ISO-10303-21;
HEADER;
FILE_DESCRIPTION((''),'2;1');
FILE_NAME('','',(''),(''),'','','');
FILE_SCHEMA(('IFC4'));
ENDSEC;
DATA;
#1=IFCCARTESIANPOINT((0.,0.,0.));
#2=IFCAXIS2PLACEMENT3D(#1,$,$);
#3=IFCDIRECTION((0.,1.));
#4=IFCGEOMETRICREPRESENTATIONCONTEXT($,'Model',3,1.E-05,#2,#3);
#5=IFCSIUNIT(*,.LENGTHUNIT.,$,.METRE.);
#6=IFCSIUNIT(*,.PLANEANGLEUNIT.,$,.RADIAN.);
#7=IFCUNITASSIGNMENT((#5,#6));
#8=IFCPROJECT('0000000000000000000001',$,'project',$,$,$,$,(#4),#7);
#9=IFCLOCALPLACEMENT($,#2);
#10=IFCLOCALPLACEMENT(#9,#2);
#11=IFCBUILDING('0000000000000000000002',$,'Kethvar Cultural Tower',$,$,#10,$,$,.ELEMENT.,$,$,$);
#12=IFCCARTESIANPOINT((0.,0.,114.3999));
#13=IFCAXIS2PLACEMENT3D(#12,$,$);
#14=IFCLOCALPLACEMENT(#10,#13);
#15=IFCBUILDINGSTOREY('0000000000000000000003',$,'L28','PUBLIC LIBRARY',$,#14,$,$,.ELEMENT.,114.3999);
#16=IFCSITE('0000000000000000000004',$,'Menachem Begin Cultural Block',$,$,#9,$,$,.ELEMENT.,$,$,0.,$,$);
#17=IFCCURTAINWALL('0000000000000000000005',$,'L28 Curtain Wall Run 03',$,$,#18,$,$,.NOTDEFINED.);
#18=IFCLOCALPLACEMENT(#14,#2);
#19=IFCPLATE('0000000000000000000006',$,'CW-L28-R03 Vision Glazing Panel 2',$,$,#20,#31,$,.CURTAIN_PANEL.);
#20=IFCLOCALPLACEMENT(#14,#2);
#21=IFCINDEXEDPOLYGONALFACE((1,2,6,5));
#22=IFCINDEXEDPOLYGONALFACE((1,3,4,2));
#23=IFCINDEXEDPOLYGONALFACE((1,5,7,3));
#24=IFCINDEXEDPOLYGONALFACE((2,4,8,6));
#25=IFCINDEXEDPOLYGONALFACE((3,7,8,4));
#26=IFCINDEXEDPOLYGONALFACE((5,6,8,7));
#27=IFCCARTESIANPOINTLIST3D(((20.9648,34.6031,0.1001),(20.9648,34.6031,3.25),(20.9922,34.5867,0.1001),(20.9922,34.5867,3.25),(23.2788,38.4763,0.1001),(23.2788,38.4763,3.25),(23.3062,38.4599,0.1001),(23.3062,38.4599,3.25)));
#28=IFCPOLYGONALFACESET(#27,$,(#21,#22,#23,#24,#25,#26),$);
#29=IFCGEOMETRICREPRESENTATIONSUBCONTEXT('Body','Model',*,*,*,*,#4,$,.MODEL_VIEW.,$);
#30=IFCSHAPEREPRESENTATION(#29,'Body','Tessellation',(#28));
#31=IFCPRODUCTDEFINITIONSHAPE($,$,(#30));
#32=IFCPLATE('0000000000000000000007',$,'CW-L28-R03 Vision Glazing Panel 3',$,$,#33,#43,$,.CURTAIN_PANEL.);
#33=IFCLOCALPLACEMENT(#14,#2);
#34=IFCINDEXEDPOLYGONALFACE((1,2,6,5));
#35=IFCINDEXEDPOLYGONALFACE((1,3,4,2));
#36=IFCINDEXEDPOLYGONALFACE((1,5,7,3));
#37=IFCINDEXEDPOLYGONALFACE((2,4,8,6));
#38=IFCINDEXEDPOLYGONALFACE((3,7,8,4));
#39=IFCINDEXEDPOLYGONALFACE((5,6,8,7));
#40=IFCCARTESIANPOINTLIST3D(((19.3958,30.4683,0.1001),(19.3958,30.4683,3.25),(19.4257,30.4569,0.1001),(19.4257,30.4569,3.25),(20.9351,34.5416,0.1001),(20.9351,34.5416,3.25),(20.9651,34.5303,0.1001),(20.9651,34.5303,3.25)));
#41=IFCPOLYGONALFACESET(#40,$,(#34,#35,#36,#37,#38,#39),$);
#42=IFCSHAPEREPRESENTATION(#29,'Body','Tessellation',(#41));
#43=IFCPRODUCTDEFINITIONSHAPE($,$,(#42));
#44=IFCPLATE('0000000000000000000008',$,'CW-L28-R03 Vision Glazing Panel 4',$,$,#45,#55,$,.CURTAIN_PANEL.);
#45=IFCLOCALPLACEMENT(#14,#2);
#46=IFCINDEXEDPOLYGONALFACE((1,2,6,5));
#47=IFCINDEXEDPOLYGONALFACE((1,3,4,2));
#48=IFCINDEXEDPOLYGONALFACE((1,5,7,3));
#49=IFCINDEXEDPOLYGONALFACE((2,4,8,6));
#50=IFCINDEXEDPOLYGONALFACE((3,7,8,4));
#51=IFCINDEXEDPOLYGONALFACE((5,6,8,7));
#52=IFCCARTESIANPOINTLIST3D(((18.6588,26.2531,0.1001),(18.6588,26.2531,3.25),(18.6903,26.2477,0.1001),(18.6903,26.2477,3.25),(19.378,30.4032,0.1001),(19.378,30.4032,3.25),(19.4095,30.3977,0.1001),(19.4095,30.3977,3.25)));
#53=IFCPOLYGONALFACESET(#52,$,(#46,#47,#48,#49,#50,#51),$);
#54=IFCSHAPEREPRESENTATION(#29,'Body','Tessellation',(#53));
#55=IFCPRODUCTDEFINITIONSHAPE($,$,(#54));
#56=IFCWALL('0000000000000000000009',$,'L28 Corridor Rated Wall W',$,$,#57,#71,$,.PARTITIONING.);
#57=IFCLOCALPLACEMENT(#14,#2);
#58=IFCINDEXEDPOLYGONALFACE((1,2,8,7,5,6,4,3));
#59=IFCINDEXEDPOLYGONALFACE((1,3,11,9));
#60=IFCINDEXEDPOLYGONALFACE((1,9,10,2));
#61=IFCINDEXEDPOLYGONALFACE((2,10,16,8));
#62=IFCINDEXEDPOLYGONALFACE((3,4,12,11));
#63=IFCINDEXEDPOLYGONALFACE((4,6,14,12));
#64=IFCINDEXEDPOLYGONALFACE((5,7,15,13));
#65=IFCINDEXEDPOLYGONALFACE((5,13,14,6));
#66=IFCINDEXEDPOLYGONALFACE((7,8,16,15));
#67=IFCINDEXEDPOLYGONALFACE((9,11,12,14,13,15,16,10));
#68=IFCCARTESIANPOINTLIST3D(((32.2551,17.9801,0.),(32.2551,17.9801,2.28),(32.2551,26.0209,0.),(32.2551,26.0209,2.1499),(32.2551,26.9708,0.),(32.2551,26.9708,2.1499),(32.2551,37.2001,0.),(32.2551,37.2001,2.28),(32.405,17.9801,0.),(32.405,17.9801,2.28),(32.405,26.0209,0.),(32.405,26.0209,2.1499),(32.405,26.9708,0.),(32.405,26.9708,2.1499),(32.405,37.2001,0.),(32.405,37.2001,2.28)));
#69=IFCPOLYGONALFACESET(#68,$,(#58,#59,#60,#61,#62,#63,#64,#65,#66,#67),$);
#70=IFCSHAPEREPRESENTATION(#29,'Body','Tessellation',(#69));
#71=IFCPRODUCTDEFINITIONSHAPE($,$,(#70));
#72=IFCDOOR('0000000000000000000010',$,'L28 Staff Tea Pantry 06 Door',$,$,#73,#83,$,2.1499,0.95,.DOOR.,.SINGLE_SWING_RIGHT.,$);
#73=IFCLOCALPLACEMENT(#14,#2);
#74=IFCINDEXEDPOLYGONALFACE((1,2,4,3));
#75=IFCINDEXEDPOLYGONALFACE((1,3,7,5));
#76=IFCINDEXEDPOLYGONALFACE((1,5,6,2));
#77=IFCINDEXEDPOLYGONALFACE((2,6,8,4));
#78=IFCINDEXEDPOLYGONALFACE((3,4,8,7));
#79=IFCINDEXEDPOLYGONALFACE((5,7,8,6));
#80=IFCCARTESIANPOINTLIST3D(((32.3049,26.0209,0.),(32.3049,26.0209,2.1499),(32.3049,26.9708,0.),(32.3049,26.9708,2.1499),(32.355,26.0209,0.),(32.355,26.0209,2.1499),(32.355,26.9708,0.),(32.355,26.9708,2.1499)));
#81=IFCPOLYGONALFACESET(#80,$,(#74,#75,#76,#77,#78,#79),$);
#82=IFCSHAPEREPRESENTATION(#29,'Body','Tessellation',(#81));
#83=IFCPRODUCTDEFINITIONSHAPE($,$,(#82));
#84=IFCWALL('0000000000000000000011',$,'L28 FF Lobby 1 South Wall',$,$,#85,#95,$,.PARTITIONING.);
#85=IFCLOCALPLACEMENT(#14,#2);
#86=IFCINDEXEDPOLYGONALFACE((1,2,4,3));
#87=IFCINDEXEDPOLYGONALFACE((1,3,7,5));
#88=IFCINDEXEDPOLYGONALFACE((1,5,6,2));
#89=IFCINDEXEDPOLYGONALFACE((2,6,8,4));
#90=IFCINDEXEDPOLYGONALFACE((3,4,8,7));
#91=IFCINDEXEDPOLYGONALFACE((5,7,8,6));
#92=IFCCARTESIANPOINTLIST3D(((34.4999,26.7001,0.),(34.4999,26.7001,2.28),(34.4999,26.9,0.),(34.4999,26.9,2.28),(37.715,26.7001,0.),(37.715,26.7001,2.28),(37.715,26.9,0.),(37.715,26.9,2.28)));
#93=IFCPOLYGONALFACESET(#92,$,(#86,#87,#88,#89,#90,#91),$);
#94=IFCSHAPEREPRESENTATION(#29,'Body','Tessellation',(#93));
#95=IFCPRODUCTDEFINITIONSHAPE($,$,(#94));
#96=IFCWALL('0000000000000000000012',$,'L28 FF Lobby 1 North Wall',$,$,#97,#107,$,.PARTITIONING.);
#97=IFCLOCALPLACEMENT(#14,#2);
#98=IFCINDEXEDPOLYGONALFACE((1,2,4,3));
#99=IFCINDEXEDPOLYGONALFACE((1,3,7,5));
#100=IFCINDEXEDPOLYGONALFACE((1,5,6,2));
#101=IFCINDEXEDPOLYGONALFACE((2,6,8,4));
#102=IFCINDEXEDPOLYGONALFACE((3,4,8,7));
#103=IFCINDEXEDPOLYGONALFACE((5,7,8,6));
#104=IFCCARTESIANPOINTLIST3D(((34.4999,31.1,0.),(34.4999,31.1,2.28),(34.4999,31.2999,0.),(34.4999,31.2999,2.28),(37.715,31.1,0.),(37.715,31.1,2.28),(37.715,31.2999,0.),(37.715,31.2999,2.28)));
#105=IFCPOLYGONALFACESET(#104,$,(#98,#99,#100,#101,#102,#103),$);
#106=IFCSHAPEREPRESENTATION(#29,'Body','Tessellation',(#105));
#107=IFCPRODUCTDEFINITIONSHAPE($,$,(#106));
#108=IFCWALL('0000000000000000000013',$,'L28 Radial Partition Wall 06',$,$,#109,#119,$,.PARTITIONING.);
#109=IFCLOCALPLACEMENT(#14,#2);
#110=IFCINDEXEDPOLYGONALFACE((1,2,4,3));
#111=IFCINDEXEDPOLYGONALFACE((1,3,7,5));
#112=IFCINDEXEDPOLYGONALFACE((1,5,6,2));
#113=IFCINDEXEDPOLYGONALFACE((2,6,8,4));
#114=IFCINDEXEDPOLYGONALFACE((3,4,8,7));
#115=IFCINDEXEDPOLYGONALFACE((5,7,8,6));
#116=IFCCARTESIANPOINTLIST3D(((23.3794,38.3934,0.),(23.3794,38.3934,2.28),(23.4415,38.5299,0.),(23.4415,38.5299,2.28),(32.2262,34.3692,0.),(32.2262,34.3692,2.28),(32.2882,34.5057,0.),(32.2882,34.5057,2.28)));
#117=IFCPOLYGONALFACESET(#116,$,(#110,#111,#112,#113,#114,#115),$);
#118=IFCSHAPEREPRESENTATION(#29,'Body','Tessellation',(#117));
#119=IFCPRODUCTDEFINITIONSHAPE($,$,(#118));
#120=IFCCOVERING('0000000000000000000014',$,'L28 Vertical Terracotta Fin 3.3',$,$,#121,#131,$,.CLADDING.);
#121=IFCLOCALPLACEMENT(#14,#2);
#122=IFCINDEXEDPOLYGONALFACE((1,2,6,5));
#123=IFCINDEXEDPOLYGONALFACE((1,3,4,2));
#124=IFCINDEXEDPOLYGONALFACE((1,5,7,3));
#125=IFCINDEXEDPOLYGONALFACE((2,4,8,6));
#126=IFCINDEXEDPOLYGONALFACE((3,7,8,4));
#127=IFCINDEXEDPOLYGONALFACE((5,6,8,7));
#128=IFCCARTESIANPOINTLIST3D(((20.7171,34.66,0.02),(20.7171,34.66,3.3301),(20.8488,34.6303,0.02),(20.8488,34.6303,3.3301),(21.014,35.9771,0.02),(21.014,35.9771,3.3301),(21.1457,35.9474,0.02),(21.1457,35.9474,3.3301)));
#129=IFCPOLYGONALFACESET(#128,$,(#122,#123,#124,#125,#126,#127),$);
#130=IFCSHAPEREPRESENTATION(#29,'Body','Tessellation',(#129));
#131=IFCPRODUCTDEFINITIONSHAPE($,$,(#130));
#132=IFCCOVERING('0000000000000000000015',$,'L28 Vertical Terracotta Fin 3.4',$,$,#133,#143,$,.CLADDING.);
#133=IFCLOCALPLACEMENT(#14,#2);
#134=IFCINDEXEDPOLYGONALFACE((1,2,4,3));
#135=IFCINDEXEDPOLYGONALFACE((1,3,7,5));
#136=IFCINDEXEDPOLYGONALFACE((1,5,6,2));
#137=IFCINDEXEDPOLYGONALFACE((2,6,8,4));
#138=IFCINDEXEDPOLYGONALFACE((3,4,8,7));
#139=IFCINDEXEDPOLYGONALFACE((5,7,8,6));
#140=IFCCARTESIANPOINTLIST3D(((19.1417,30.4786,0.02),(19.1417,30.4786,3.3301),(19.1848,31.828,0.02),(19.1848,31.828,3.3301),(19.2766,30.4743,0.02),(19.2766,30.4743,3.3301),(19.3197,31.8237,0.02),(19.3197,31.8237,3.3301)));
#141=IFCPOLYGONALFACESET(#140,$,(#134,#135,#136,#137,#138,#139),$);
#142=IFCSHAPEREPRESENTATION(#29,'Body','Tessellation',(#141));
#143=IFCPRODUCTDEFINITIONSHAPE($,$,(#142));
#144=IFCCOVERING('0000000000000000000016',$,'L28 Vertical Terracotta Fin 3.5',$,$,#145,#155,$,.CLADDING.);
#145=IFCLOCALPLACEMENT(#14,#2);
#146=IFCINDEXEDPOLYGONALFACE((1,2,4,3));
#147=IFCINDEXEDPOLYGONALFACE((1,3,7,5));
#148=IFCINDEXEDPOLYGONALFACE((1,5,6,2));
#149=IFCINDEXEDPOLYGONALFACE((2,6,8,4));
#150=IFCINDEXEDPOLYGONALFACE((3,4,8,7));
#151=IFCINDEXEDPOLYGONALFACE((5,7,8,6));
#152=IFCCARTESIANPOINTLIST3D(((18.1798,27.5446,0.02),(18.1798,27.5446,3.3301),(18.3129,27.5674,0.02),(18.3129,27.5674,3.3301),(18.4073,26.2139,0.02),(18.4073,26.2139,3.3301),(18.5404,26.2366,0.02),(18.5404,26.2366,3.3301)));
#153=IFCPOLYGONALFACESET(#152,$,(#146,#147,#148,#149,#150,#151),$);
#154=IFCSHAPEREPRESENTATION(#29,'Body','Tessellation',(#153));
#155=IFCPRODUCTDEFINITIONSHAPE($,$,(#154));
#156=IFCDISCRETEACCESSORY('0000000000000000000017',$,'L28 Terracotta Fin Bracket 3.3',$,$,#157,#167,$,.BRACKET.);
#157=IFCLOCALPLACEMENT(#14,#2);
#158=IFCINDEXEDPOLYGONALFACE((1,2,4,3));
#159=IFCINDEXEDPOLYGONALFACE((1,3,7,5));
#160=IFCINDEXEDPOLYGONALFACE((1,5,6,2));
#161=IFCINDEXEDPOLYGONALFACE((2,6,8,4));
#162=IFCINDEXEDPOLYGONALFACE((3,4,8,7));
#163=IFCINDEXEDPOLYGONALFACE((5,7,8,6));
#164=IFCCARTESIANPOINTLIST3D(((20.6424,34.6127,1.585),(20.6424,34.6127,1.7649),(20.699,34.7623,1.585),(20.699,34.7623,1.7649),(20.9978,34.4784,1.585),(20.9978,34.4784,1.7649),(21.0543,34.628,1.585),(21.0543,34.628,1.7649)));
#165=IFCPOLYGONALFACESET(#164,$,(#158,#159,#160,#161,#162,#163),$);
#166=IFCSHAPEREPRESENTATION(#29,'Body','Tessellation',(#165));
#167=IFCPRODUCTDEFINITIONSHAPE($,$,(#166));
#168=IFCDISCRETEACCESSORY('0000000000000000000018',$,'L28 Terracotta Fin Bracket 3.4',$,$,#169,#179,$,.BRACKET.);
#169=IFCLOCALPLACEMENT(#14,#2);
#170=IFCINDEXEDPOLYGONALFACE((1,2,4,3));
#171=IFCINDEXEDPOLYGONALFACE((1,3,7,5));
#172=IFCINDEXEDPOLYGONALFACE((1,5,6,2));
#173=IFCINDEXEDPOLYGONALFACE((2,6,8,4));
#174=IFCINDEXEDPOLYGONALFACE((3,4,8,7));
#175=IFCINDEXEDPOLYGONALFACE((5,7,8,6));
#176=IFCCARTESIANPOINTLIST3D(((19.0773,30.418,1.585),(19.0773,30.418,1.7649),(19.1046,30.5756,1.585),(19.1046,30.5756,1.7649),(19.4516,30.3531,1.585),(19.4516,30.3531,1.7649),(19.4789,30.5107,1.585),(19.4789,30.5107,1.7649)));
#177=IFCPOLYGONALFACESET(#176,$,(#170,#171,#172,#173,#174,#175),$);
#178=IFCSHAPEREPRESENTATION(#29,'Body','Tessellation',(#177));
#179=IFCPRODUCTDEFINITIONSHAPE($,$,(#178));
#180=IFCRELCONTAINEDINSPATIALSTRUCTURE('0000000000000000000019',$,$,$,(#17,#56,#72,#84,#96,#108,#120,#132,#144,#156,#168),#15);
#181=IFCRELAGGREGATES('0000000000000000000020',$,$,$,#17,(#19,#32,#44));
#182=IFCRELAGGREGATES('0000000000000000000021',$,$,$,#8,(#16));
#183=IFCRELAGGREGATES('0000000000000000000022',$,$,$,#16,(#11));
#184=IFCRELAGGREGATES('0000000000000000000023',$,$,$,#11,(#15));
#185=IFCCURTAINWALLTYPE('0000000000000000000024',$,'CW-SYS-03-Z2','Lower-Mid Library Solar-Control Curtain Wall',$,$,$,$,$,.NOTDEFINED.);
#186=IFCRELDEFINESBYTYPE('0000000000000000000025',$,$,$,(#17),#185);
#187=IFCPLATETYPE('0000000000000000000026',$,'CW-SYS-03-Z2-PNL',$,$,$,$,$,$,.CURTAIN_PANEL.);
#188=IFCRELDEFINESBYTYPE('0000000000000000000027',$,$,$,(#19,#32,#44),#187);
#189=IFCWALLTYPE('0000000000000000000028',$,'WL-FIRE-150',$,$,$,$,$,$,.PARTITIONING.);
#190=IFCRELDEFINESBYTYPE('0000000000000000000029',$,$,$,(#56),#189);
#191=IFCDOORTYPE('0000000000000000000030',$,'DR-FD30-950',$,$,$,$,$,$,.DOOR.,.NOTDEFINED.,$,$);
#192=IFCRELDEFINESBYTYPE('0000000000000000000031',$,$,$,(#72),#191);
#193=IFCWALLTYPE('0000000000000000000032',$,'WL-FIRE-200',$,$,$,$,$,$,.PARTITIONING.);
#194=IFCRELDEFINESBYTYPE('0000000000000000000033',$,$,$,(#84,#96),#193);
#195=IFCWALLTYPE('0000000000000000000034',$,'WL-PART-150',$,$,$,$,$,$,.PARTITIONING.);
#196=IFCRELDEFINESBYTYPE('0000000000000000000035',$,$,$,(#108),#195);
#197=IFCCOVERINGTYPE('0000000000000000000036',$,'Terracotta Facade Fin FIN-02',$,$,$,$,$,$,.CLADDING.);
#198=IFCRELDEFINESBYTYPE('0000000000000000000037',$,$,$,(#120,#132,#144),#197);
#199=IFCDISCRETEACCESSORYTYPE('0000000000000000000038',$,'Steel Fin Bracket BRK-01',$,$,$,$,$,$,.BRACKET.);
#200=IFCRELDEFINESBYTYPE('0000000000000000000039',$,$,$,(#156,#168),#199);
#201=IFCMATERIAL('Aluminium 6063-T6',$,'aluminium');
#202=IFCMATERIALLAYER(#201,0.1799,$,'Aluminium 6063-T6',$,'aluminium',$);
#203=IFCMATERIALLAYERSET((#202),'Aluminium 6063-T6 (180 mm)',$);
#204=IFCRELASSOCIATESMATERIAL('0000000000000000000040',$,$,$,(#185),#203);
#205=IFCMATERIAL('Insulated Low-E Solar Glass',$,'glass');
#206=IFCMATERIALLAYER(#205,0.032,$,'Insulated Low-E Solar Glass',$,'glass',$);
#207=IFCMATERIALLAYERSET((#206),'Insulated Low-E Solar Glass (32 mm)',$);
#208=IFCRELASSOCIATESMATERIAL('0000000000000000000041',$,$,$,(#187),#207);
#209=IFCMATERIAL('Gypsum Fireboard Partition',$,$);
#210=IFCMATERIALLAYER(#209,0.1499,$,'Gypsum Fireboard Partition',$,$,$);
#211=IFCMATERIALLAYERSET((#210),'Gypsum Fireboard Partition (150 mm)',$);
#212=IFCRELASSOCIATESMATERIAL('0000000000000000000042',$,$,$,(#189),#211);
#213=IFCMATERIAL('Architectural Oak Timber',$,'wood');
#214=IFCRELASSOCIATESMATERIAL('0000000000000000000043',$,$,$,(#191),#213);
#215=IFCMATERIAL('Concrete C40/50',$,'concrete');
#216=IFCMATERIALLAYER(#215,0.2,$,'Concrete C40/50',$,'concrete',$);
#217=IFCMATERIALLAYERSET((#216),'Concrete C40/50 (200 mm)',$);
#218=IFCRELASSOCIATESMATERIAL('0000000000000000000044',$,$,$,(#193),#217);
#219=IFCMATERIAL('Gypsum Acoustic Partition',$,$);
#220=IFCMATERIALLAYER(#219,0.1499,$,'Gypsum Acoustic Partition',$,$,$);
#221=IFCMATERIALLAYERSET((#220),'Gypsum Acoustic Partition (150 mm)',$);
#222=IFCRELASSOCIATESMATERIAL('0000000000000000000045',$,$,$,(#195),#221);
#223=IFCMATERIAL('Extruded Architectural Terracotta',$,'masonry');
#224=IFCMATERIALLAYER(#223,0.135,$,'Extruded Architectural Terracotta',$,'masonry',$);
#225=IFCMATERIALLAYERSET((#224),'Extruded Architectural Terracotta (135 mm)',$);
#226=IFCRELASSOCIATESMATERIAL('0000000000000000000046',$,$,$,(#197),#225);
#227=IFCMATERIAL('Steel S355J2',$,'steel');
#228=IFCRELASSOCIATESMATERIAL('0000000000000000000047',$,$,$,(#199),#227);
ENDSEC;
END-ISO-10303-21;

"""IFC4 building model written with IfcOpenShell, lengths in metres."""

from ifc_helpers import new_model, si_unit, direction, frame, frame_2d, origin, origin_2d, place, context, subcontext, project, spatial, rectangle, extrude, source, transform, mapped, material, layer, layer_set, type_object, element, fill, aggregate, save


model = new_model("IFC4")

# Units and contexts
model_context = context("Model", 3, precision=1e-05, world=origin(), true_north=direction((0.0, 1.0)))
body_context = subcontext(model_context, "Body", "Model", "MODEL_VIEW")
ifc_project = project(units=[si_unit("LENGTHUNIT", "METRE"), si_unit("PLANEANGLEUNIT", "RADIAN")], contexts=[model_context])

# Site, building, storey
site_placement = place(None, origin())
site = spatial("IfcSite", under=ifc_project, at=site_placement, Name="Menachem Begin Cultural Block", CompositionType="ELEMENT", RefElevation=0.0)
building_placement = place(site_placement, origin())
building = spatial("IfcBuilding", under=site, at=building_placement, Name="Kethvar Cultural Tower", CompositionType="ELEMENT")
storey_placement = place(building_placement, frame((0.0, 0.0, 114.3999)))
storey = spatial("IfcBuildingStorey", under=building, at=storey_placement, Name="L28", Description="PUBLIC LIBRARY", CompositionType="ELEMENT", Elevation=114.3999)

# Shared definitions
ifc_material_1 = material(Name="Steel S355J2", Category="steel")

# Curtain wall, plates
ifc_material_2 = material(Name="Aluminium 6063-T6", Category="aluminium")
ifc_layer_1 = layer(ifc_material_2, 0.1799, Name="Aluminium 6063-T6", Category="aluminium")
ifc_layer_set_1 = layer_set([ifc_layer_1], Name="Aluminium 6063-T6 (180 mm)")
curtain_wall_type = type_object("IfcCurtainWallType", Name="CW-SYS-03-Z2", Description="Lower-Mid Library Solar-Control Curtain Wall", PredefinedType="NOTDEFINED", material=ifc_layer_set_1)
curtain_wall_placement = place(storey_placement, origin())
curtain_wall = element("IfcCurtainWall", 1, at=curtain_wall_placement, inside=storey, type_object=curtain_wall_type, Name="L28 Curtain Wall Run 03", PredefinedType="NOTDEFINED")
ifc_material_3 = material(Name="Insulated Low-E Solar Glass", Category="glass")
ifc_layer_2 = layer(ifc_material_3, 0.032, Name="Insulated Low-E Solar Glass", Category="glass")
ifc_layer_set_2 = layer_set([ifc_layer_2], Name="Insulated Low-E Solar Glass (32 mm)")
plate_type = type_object("IfcPlateType", Name="CW-SYS-03-Z2-PNL", PredefinedType="CURTAIN_PANEL", material=ifc_layer_set_2)
shared_shape_1 = source(origin(), body_context, "Body", "SweptSolid", [
    extrude(rectangle(XDim=4.5117, YDim=0.032, at=origin_2d()), origin(), (0.0, 0.0, 1.0), 3.1499),
])
plate_1_placement = place(storey_placement, frame((22.1355, 36.5315, 0.1001), z_axis=(0.0, 0.0, 1.0), x_axis=(-0.512882, -0.858459, 0.0)))
plate_1 = element("IfcPlate", 2, at=plate_1_placement, type_object=plate_type, Name="CW-L28-R03 Vision Glazing Panel 2", PredefinedType="CURTAIN_PANEL", context=body_context, shape_type="MappedRepresentation", body=[
    mapped(shared_shape_1, transform((0.0, 0.0, 0.0), scale=1.0)),
])
shared_shape_2 = source(origin(), body_context, "Body", "SweptSolid", [
    extrude(rectangle(XDim=4.3545, YDim=0.032, at=origin_2d()), origin(), (0.0, 0.0, 1.0), 3.1499),
])
plate_2_placement = place(storey_placement, frame((20.1804, 32.4993, 0.1001), z_axis=(0.0, 0.0, 1.0), x_axis=(-0.353507, -0.935432, 0.0)))
plate_2 = element("IfcPlate", 3, at=plate_2_placement, type_object=plate_type, Name="CW-L28-R03 Vision Glazing Panel 3", PredefinedType="CURTAIN_PANEL", context=body_context, shape_type="MappedRepresentation", body=[
    mapped(shared_shape_2, transform((0.0, 0.0, 0.0), scale=1.0)),
])
shared_shape_3 = source(origin(), body_context, "Body", "SweptSolid", [
    extrude(rectangle(XDim=4.2119, YDim=0.032, at=origin_2d()), origin(), (0.0, 0.0, 1.0), 3.1499),
])
plate_3_placement = place(storey_placement, frame((19.0342, 28.3254, 0.1001), z_axis=(0.0, 0.0, 1.0), x_axis=(-0.17076, -0.985313, 0.0)))
plate_3 = element("IfcPlate", 4, at=plate_3_placement, type_object=plate_type, Name="CW-L28-R03 Vision Glazing Panel 4", PredefinedType="CURTAIN_PANEL", context=body_context, shape_type="MappedRepresentation", body=[
    mapped(shared_shape_3, transform((0.0, 0.0, 0.0), scale=1.0)),
])
aggregate(curtain_wall, [plate_1, plate_2, plate_3])

# Wall, opening, door
ifc_material_4 = material(Name="Gypsum Fireboard Partition")
ifc_layer_3 = layer(ifc_material_4, 0.1499, Name="Gypsum Fireboard Partition")
ifc_layer_set_3 = layer_set([ifc_layer_3], Name="Gypsum Fireboard Partition (150 mm)")
wall_type_1 = type_object("IfcWallType", Name="WL-FIRE-150", PredefinedType="PARTITIONING", material=ifc_layer_set_3)
wall_1_placement = place(storey_placement, frame((32.3301, 37.2, 0.0), z_axis=(0.0, 0.0, 1.0), x_axis=(0.0, -1.0, 0.0)))
wall_1 = element("IfcWall", 5, at=wall_1_placement, inside=storey, type_object=wall_type_1, Name="L28 Corridor Rated Wall W", PredefinedType="PARTITIONING", context=body_context, shape_type="SweptSolid", body=[
    extrude(rectangle(XDim=19.22, YDim=0.1499, at=frame_2d((9.6099, 0.0))), origin(), (0.0, 0.0, 1.0), 2.28),
])
opening_1_placement = place(wall_1_placement, frame((10.229, 0.0, 0.0)))
opening_1 = element("IfcOpeningElement", 6, at=opening_1_placement, cuts=wall_1, PredefinedType="OPENING", context=body_context, shape_type="SweptSolid", body=[
    extrude(rectangle(XDim=0.95, YDim=2.1499, at=frame_2d((0.4751, 1.075))), frame((0.0, 0.085, 0.0), z_axis=(0.0, -1.0, 0.0), x_axis=(1.0, 0.0, 0.0)), (0.0, 0.0, 1.0), 0.1699),
])
ifc_material_5 = material(Name="Architectural Oak Timber", Category="wood")
door_type_1 = type_object("IfcDoorType", Name="DR-FD30-950", OperationType="NOTDEFINED", PredefinedType="DOOR", material=ifc_material_5)
shared_shape_4 = source(origin(), body_context, "Body", "SweptSolid", [
    extrude(rectangle(XDim=0.95, YDim=2.1499, at=frame_2d((0.4751, 1.075))), frame((0.0, 0.0249, 0.0), z_axis=(0.0, -1.0, 0.0), x_axis=(1.0, 0.0, 0.0)), (0.0, 0.0, 1.0), 0.05),
])
door_1_placement = place(opening_1_placement, origin())
door_1 = element("IfcDoor", 7, at=door_1_placement, inside=storey, type_object=door_type_1, Name="L28 Staff Tea Pantry 06 Door", OperationType="SINGLE_SWING_RIGHT", OverallHeight=2.1499, OverallWidth=0.95, PredefinedType="DOOR", context=body_context, shape_type="MappedRepresentation", body=[
    mapped(shared_shape_4, transform((0.0, 0.0, 0.0), scale=1.0)),
])
fill(opening_1, door_1)
ifc_material_6 = material(Name="Concrete C40/50", Category="concrete")
ifc_layer_4 = layer(ifc_material_6, 0.2, Name="Concrete C40/50", Category="concrete")
ifc_layer_set_4 = layer_set([ifc_layer_4], Name="Concrete C40/50 (200 mm)")
wall_type_2 = type_object("IfcWallType", Name="WL-FIRE-200", PredefinedType="PARTITIONING", material=ifc_layer_set_4)

# Walls
for number, where, z_axis, x_axis, name in (
    (8, (34.5, 26.8, 0.0), (0.0, 0.0, 1.0), (1.0, 0.0, 0.0), "L28 FF Lobby 1 South Wall"),
    (9, (34.5, 31.2, 0.0), (0.0, 0.0, 1.0), (1.0, 0.0, 0.0), "L28 FF Lobby 1 North Wall"),
):
    element("IfcWall", number, at=place(storey_placement, frame(where, z_axis=z_axis, x_axis=x_axis)), inside=storey, type_object=wall_type_2, Name=name, PredefinedType="PARTITIONING", context=body_context, shape_type="SweptSolid", body=[
        extrude(rectangle(XDim=3.2151, YDim=0.2, at=frame_2d((1.6074, 0.0))), origin(), (0.0, 0.0, 1.0), 2.28),
    ])
ifc_material_7 = material(Name="Gypsum Acoustic Partition")
ifc_layer_5 = layer(ifc_material_7, 0.1499, Name="Gypsum Acoustic Partition")
ifc_layer_set_5 = layer_set([ifc_layer_5], Name="Gypsum Acoustic Partition (150 mm)")
wall_type_3 = type_object("IfcWallType", Name="WL-PART-150", PredefinedType="PARTITIONING", material=ifc_layer_set_5)
wall_2_placement = place(storey_placement, frame((32.2571, 34.4375, 0.0), z_axis=(0.0, 0.0, 1.0), x_axis=(-0.910252, 0.414055, 0.0)))
element("IfcWall", 10, at=wall_2_placement, inside=storey, type_object=wall_type_3, Name="L28 Radial Partition Wall 06", PredefinedType="PARTITIONING", context=body_context, shape_type="SweptSolid", body=[
    extrude(rectangle(XDim=9.719, YDim=0.1499, at=frame_2d((4.8594, 0.0))), origin(), (0.0, 0.0, 1.0), 2.28),
])

# Coverings
ifc_material_8 = material(Name="Extruded Architectural Terracotta", Category="masonry")
ifc_layer_6 = layer(ifc_material_8, 0.135, Name="Extruded Architectural Terracotta", Category="masonry")
ifc_layer_set_6 = layer_set([ifc_layer_6], Name="Extruded Architectural Terracotta (135 mm)")
covering_type = type_object("IfcCoveringType", Name="Terracotta Facade Fin FIN-02", PredefinedType="CLADDING", material=ifc_layer_set_6)
shared_shape_5 = source(origin(), body_context, "Body", "SweptSolid", [
    extrude(rectangle(XDim=1.3501, YDim=0.135, at=origin_2d()), origin(), (0.0, 0.0, 1.0), 3.3101),
])
for number, where, z_axis, x_axis, name in (
    (11, (20.9314, 35.3037, 0.02), (0.0, 0.0, 1.0), (0.219846, 0.975535, 0.0), "L28 Vertical Terracotta Fin 3.3"),
    (12, (19.2307, 31.1511, 0.02), (0.0, 0.0, 1.0), (0.031934, 0.99949, 0.0), "L28 Vertical Terracotta Fin 3.4"),
    (13, (18.3601, 26.8906, 0.02), (0.0, 0.0, 1.0), (-0.168489, 0.985703, 0.0), "L28 Vertical Terracotta Fin 3.5"),
):
    element("IfcCovering", number, at=place(storey_placement, frame(where, z_axis=z_axis, x_axis=x_axis)), inside=storey, type_object=covering_type, Name=name, PredefinedType="CLADDING", context=body_context, shape_type="MappedRepresentation", body=[
        mapped(shared_shape_5, transform((0.0, 0.0, 0.0), scale=1.0)),
    ])

# Discrete accessories
discrete_accessory_type = type_object("IfcDiscreteAccessoryType", Name="Steel Fin Bracket BRK-01", PredefinedType="BRACKET", material=ifc_material_1)
shared_shape_6 = source(origin(), body_context, "Body", "SweptSolid", [
    extrude(rectangle(XDim=0.3799, YDim=0.1599, at=origin_2d()), origin(), (0.0, 0.0, 1.0), 0.1799),
])
for number, where, z_axis, x_axis, name in (
    (14, (20.8484, 34.6204, 1.585), (0.0, 0.0, 1.0), (-0.935444, 0.353475, 0.0), "L28 Terracotta Fin Bracket 3.3"),
    (15, (19.2781, 30.4644, 1.585), (0.0, 0.0, 1.0), (-0.985319, 0.170725, 0.0), "L28 Terracotta Fin Bracket 3.4"),
):
    element("IfcDiscreteAccessory", number, at=place(storey_placement, frame(where, z_axis=z_axis, x_axis=x_axis)), inside=storey, type_object=discrete_accessory_type, Name=name, PredefinedType="BRACKET", context=body_context, shape_type="MappedRepresentation", body=[
        mapped(shared_shape_6, transform((0.0, 0.0, 0.0), scale=1.0)),
    ])

save(model, "model.ifc")
